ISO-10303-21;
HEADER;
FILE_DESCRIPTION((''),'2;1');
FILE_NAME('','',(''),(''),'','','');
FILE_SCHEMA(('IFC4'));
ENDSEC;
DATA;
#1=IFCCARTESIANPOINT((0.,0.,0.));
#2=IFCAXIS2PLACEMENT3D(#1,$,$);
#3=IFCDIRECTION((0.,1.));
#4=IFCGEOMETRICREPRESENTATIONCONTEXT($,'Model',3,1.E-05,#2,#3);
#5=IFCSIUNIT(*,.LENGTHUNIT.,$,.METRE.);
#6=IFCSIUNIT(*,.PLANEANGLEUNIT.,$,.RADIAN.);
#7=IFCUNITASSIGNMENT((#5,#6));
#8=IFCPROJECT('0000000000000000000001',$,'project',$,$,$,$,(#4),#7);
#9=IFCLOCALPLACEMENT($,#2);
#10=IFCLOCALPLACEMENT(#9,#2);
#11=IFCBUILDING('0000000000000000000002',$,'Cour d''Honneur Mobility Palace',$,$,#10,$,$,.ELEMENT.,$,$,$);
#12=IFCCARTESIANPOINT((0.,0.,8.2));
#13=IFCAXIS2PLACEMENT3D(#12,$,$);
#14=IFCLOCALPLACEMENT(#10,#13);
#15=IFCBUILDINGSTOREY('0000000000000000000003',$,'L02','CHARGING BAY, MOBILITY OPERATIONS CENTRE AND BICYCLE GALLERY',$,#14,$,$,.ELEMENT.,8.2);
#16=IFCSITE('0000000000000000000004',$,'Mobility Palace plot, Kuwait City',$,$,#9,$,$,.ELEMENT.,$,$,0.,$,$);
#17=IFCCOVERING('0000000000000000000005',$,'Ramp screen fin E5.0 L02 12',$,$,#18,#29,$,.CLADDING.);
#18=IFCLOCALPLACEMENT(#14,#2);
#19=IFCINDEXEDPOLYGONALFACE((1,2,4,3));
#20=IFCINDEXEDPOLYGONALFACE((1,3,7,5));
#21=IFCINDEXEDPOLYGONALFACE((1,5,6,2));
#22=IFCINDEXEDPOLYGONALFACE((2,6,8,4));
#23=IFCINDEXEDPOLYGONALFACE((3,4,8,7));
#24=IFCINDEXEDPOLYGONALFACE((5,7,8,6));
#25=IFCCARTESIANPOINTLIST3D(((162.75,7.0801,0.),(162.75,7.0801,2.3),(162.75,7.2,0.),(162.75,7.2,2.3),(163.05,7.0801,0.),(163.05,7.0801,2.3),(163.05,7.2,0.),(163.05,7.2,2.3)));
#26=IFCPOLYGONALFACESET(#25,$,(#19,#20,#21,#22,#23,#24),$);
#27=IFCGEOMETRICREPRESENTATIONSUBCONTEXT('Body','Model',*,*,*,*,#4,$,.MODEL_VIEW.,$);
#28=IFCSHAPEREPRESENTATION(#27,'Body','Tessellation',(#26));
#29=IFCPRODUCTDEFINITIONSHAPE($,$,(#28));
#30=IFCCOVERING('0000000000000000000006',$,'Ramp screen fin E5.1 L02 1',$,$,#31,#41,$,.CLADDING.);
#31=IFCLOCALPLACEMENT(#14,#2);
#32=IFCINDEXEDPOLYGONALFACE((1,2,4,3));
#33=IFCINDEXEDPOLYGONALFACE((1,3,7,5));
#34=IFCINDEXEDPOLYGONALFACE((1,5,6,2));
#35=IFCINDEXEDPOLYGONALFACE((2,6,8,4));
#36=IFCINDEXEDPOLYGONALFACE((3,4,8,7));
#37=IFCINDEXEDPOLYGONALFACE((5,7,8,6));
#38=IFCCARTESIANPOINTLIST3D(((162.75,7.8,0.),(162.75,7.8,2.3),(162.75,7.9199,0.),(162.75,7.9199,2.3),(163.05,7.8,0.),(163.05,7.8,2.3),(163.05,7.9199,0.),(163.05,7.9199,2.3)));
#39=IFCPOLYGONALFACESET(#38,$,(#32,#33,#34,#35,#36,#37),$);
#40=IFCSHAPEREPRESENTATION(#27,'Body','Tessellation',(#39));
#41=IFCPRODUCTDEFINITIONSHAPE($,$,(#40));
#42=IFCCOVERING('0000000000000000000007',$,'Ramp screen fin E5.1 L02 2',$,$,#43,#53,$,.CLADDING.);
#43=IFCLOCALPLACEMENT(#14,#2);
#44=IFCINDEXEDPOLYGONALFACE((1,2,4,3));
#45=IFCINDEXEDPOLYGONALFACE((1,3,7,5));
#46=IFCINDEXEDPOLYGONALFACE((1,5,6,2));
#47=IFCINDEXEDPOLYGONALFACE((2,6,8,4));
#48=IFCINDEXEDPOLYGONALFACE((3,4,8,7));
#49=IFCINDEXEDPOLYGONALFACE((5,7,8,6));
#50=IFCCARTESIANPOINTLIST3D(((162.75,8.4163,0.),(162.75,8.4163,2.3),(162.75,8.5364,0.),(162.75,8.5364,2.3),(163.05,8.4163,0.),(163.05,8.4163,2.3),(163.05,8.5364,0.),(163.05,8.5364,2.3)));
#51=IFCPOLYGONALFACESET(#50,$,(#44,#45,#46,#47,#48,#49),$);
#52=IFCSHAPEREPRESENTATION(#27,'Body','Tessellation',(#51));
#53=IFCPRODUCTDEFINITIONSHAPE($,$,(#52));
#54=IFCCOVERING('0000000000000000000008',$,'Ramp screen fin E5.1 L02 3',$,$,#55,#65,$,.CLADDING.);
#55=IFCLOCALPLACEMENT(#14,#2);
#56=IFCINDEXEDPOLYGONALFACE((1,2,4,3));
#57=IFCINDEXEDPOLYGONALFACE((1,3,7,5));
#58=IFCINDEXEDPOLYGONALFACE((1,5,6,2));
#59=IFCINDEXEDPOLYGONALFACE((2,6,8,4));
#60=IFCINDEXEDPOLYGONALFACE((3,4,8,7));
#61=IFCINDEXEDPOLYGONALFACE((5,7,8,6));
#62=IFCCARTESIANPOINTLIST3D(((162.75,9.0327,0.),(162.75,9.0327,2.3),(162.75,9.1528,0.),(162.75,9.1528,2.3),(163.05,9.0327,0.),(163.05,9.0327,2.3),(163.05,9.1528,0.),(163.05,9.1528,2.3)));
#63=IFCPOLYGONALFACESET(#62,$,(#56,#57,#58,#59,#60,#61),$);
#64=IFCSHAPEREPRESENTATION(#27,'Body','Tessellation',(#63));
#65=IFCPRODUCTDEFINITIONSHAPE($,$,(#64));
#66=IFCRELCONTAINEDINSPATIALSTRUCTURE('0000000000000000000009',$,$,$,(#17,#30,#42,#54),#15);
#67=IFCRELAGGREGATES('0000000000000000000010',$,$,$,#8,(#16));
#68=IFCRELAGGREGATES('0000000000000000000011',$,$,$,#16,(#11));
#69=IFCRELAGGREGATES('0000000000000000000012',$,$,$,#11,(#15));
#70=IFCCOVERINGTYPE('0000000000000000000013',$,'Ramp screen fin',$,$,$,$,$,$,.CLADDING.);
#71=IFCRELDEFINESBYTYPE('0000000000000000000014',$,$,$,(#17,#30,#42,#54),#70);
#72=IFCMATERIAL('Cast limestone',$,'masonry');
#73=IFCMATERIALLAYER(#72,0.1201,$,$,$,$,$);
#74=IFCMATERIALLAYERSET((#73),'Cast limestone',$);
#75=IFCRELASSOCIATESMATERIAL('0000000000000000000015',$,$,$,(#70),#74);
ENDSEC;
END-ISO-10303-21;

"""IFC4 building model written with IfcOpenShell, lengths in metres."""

from ifc_helpers import new_model, si_unit, direction, frame, origin, place, context, subcontext, project, spatial, polyline, outline, extrude, material, layer, layer_set, type_object, element, save


model = new_model("IFC4")

# Units and contexts
model_context = context("Model", 3, precision=1e-05, world=origin(), true_north=direction((0.0, 1.0)))
body_context = subcontext(model_context, "Body", "Model", "MODEL_VIEW")
ifc_project = project(units=[si_unit("LENGTHUNIT", "METRE"), si_unit("PLANEANGLEUNIT", "RADIAN")], contexts=[model_context])

# Site, building, storey
site_placement = place(None, origin())
site = spatial("IfcSite", under=ifc_project, at=site_placement, Name="Mobility Palace plot, Kuwait City", CompositionType="ELEMENT", RefElevation=0.0)
building_placement = place(site_placement, origin())
building = spatial("IfcBuilding", under=site, at=building_placement, Name="Cour d'Honneur Mobility Palace", CompositionType="ELEMENT")
storey_placement = place(building_placement, frame((0.0, 0.0, 8.2)))
storey = spatial("IfcBuildingStorey", under=building, at=storey_placement, Name="L02", Description="CHARGING BAY, MOBILITY OPERATIONS CENTRE AND BICYCLE GALLERY", CompositionType="ELEMENT", Elevation=8.2)

# Coverings
ifc_material_1 = material(Name="Cast limestone", Category="masonry")
ifc_layer_1 = layer(ifc_material_1, 0.1201)
ifc_layer_set_1 = layer_set([ifc_layer_1], Name="Cast limestone")
covering_type = type_object("IfcCoveringType", Name="Ramp screen fin", PredefinedType="CLADDING", material=ifc_layer_set_1)
covering_1_placement = place(storey_placement, origin())
element("IfcCovering", 1, at=covering_1_placement, inside=storey, type_object=covering_type, Name="Ramp screen fin E5.0 L02 12", PredefinedType="CLADDING", context=body_context, shape_type="SweptSolid", body=[
    extrude(outline(polyline([(162.75, 7.0801), (162.75, 7.2), (163.05, 7.2), (163.05, 7.0801), (162.75, 7.0801)])), origin(), (0.0, 0.0, 1.0), 2.3),
])
covering_2_placement = place(storey_placement, origin())
element("IfcCovering", 2, at=covering_2_placement, inside=storey, type_object=covering_type, Name="Ramp screen fin E5.1 L02 1", PredefinedType="CLADDING", context=body_context, shape_type="SweptSolid", body=[
    extrude(outline(polyline([(162.75, 7.8), (162.75, 7.9199), (163.05, 7.9199), (163.05, 7.8), (162.75, 7.8)])), origin(), (0.0, 0.0, 1.0), 2.3),
])
covering_3_placement = place(storey_placement, origin())
element("IfcCovering", 3, at=covering_3_placement, inside=storey, type_object=covering_type, Name="Ramp screen fin E5.1 L02 2", PredefinedType="CLADDING", context=body_context, shape_type="SweptSolid", body=[
    extrude(outline(polyline([(162.75, 8.4163), (162.75, 8.5364), (163.05, 8.5364), (163.05, 8.4163), (162.75, 8.4163)])), origin(), (0.0, 0.0, 1.0), 2.3),
])
covering_4_placement = place(storey_placement, origin())
element("IfcCovering", 4, at=covering_4_placement, inside=storey, type_object=covering_type, Name="Ramp screen fin E5.1 L02 3", PredefinedType="CLADDING", context=body_context, shape_type="SweptSolid", body=[
    extrude(outline(polyline([(162.75, 9.0327), (162.75, 9.1528), (163.05, 9.1528), (163.05, 9.0327), (162.75, 9.0327)])), origin(), (0.0, 0.0, 1.0), 2.3),
])

save(model, "model.ifc")
